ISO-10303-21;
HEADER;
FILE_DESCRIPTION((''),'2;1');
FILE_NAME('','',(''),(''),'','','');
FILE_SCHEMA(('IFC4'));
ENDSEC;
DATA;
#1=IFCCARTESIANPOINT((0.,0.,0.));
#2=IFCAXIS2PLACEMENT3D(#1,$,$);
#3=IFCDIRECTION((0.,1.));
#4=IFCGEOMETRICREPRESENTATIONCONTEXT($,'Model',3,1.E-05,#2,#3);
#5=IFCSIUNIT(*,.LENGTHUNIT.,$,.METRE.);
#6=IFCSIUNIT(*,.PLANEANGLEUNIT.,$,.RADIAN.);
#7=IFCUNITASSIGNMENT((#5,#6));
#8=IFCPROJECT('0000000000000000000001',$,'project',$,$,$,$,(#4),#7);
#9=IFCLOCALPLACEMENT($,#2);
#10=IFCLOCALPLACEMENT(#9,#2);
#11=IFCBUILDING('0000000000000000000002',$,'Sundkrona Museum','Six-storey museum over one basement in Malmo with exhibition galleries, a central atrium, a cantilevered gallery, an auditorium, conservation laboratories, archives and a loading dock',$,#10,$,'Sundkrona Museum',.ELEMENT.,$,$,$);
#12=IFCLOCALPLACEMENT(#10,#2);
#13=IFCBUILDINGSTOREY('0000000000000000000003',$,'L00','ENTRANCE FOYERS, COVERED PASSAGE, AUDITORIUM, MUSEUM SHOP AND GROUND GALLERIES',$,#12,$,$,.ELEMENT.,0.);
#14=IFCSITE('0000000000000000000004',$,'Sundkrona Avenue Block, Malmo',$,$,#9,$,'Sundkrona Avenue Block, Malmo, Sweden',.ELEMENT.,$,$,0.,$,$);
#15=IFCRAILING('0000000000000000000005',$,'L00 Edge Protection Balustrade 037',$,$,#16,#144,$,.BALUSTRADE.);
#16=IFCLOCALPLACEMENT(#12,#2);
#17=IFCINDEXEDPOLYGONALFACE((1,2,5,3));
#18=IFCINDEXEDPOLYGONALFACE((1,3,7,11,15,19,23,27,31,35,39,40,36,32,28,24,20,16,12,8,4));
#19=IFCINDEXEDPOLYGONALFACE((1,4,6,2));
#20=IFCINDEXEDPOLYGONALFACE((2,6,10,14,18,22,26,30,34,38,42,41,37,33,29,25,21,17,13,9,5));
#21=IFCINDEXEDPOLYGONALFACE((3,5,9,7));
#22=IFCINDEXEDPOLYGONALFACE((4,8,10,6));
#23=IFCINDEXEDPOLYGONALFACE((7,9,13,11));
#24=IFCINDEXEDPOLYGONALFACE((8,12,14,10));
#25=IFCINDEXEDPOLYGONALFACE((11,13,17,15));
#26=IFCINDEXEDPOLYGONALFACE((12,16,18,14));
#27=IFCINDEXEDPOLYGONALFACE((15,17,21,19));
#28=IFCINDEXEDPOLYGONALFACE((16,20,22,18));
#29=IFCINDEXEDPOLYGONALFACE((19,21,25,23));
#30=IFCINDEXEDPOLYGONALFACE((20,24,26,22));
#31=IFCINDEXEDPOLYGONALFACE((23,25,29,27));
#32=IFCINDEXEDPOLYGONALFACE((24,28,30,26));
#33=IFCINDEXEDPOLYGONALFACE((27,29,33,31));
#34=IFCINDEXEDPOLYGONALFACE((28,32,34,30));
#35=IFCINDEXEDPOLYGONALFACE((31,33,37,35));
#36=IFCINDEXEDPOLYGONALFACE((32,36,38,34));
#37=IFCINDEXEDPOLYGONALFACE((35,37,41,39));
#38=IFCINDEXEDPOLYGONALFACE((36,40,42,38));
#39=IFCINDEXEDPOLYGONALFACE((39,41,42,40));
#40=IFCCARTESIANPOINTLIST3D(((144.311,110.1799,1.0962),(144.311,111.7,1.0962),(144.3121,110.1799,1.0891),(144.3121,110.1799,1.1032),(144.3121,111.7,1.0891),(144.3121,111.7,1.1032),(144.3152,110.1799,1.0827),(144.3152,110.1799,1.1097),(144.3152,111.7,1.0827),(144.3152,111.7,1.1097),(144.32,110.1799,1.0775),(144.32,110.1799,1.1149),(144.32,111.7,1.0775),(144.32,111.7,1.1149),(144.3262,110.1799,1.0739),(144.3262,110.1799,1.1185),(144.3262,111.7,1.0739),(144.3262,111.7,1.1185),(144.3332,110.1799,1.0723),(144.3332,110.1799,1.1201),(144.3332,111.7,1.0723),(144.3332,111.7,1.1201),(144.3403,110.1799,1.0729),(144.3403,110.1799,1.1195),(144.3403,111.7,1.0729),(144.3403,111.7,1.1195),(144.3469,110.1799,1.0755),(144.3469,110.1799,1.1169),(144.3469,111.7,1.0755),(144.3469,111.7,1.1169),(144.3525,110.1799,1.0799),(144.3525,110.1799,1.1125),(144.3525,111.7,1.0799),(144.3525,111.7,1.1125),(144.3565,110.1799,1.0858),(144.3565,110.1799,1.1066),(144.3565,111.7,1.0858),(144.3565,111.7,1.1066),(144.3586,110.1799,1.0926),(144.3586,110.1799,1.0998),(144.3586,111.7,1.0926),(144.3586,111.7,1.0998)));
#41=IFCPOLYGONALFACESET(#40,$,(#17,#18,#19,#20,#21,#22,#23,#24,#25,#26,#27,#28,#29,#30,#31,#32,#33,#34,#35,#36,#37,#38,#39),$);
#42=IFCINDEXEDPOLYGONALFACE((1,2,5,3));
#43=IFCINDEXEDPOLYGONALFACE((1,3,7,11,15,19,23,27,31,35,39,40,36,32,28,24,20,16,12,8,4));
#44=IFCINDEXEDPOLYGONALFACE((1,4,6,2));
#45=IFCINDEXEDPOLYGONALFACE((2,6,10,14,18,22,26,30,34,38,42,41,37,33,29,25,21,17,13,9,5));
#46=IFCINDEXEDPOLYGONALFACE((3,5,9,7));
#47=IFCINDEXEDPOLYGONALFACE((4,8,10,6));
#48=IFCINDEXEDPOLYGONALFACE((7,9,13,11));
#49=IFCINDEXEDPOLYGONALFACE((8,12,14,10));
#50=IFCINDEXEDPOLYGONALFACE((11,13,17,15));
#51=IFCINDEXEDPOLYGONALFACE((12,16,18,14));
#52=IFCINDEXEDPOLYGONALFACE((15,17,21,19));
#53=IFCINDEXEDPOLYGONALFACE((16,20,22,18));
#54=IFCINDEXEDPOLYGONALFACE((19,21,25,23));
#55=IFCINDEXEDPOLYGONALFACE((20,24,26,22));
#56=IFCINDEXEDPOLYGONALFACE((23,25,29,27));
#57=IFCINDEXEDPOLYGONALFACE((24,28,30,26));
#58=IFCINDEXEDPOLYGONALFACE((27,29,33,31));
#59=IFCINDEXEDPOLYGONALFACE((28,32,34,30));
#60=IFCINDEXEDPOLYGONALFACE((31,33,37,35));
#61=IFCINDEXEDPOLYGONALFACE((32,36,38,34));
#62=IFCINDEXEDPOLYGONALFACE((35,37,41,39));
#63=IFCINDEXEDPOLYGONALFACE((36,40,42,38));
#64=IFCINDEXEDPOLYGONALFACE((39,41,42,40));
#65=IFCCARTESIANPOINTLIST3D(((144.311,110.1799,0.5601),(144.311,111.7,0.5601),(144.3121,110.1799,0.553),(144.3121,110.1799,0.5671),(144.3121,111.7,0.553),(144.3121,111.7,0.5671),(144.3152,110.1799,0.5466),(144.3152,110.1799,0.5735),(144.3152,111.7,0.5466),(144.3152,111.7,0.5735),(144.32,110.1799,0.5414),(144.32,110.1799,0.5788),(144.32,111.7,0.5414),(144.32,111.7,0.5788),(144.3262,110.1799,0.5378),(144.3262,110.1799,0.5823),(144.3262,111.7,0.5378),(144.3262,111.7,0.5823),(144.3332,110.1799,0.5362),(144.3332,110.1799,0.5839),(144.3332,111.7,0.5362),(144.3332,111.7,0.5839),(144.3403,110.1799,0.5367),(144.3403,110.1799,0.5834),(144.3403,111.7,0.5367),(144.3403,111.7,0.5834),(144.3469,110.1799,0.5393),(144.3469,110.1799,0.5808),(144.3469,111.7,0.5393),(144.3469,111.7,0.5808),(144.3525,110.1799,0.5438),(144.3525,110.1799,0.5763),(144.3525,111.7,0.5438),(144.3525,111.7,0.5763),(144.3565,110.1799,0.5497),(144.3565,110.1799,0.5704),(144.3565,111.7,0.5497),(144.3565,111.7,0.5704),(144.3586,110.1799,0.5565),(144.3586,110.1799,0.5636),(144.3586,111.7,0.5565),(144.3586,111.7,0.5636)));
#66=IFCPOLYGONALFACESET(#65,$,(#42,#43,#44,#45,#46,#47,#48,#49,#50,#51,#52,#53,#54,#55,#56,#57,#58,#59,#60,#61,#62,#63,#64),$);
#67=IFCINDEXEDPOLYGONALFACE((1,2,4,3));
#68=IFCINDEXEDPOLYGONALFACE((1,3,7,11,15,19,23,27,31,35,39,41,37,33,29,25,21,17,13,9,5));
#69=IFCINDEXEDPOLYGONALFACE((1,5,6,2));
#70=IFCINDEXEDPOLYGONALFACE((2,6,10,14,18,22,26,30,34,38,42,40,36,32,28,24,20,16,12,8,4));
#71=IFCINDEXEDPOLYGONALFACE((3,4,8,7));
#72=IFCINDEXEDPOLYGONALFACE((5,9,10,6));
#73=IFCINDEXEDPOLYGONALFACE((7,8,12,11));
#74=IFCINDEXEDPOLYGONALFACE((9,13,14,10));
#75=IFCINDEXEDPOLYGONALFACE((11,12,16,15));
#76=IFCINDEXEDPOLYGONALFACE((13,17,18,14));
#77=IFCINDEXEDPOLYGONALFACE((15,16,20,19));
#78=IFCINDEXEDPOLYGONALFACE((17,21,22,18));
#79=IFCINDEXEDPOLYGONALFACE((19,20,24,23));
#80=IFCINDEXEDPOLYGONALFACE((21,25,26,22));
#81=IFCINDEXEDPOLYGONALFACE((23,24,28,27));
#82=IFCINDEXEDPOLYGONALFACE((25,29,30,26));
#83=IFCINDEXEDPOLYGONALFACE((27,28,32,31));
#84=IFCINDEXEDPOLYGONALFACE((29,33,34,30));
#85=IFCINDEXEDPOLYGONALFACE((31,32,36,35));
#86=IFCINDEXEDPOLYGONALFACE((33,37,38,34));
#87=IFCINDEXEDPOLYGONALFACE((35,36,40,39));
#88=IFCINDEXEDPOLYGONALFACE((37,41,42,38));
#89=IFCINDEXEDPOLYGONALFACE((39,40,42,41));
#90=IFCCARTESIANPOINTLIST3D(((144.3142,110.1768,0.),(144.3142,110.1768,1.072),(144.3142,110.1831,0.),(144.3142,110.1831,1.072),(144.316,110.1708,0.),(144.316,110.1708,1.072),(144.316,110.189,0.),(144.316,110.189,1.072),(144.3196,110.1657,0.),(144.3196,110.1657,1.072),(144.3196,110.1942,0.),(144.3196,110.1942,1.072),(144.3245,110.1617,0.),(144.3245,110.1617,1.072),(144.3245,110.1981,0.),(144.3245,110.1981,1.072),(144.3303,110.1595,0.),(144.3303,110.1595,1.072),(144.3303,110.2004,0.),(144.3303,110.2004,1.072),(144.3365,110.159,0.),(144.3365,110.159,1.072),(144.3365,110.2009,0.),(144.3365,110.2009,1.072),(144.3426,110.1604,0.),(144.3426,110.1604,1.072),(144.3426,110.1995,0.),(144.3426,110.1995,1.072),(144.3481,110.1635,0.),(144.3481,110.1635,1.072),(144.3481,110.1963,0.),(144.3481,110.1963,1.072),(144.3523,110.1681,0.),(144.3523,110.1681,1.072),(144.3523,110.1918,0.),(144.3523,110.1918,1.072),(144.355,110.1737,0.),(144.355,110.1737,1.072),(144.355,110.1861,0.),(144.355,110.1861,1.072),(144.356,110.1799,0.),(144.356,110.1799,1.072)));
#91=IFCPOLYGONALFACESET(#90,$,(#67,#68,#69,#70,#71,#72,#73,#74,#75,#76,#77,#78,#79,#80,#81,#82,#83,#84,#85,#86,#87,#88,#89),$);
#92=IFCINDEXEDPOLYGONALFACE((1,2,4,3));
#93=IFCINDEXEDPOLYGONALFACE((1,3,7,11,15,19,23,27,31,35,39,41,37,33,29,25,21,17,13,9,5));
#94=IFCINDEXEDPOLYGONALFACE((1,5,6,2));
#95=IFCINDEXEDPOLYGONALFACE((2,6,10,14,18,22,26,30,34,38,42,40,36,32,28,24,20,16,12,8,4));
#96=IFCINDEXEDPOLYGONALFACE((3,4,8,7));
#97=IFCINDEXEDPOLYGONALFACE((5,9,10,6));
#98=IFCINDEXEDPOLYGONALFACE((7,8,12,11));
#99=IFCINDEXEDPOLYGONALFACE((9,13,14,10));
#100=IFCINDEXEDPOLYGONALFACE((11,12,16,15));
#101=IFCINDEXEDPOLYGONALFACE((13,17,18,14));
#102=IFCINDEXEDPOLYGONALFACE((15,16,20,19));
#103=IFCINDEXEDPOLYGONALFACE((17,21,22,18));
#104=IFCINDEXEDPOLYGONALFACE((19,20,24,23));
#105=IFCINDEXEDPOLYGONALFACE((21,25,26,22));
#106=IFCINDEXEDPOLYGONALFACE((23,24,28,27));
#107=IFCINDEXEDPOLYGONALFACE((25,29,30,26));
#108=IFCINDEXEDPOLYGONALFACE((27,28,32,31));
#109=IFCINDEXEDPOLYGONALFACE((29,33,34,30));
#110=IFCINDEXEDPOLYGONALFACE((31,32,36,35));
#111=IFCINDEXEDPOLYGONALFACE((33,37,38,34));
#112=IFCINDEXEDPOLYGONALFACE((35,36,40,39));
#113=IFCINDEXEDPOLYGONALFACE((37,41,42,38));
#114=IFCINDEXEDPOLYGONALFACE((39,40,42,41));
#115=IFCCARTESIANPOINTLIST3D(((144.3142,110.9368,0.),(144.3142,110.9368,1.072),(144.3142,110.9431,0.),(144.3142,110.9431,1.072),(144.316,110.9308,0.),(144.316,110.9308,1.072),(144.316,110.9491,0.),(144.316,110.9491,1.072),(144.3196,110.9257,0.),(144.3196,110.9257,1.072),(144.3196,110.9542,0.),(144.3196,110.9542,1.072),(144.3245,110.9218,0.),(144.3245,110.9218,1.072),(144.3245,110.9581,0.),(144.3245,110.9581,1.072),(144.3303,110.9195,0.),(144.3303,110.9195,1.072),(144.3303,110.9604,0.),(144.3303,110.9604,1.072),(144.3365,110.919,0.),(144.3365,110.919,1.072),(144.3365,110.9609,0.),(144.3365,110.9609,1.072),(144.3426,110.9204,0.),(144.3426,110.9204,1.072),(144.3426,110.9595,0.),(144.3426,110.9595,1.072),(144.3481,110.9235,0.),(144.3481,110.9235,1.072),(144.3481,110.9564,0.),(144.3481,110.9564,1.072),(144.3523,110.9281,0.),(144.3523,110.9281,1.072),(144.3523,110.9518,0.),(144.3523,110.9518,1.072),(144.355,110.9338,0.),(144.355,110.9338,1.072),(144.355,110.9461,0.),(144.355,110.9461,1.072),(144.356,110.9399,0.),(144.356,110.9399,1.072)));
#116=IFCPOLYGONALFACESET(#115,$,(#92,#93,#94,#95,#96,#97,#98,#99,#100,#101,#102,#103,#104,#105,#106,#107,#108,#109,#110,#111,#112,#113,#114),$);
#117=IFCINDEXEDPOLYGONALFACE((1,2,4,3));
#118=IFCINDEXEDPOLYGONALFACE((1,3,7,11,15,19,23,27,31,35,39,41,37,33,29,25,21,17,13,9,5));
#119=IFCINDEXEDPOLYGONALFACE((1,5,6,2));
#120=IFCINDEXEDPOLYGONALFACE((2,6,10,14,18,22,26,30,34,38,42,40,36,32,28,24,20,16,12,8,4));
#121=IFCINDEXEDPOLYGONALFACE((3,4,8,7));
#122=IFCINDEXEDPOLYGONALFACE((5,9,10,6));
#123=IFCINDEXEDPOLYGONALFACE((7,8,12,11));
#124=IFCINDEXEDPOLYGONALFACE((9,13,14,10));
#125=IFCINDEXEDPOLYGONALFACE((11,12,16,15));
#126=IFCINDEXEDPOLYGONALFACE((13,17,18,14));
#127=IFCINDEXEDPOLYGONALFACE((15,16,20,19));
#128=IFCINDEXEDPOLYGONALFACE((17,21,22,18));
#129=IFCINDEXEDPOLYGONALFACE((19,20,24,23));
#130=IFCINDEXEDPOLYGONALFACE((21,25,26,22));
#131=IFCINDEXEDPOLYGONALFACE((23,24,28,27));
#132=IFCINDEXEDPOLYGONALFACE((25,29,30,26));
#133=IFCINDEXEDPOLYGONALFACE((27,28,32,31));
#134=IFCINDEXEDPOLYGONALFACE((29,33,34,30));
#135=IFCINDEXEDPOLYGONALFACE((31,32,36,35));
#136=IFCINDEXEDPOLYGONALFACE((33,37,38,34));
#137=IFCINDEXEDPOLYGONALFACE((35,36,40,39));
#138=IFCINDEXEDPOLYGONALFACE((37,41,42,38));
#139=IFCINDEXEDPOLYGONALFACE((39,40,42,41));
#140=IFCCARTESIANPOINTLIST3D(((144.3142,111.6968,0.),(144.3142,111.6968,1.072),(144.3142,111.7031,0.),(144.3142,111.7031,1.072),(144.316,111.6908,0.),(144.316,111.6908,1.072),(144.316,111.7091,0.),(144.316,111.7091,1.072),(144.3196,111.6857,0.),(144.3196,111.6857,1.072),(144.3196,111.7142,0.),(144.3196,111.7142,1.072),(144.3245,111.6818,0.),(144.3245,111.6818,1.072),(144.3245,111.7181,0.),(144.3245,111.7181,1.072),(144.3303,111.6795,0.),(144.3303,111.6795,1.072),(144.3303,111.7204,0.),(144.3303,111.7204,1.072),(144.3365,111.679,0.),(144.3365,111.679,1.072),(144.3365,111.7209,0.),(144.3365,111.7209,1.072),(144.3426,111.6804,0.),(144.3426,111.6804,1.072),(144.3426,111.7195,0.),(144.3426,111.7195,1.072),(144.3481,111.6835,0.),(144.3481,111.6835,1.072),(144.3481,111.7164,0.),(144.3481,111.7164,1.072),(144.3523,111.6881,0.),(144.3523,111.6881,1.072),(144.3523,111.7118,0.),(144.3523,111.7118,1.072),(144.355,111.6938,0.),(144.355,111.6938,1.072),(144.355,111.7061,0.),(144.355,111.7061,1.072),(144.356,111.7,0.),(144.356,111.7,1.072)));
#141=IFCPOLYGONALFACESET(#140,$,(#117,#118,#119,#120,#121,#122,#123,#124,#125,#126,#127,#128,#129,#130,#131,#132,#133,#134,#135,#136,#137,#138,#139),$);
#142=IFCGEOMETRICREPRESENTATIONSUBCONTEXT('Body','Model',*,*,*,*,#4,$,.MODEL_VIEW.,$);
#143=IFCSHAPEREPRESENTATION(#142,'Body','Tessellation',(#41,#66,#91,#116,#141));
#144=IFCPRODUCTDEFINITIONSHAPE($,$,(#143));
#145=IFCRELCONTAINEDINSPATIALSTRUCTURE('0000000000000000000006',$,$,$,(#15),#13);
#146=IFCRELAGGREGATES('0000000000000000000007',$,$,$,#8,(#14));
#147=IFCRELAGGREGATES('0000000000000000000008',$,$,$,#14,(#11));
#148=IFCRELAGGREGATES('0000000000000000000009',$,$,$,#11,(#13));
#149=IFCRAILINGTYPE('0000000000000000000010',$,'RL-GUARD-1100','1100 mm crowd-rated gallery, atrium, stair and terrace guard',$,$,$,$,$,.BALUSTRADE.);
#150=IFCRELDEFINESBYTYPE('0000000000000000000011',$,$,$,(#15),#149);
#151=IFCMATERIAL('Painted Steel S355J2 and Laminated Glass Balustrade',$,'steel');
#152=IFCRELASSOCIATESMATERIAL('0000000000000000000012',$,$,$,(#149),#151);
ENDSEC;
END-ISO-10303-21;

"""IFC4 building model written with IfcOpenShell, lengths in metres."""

from ifc_helpers import new_model, si_unit, direction, frame, origin, origin_2d, place, context, subcontext, project, spatial, circle, extrude, material, type_object, element, save


model = new_model("IFC4")

# Units and contexts
model_context = context("Model", 3, precision=1e-05, world=origin(), true_north=direction((0.0, 1.0)))
body_context = subcontext(model_context, "Body", "Model", "MODEL_VIEW")
ifc_project = project(units=[si_unit("LENGTHUNIT", "METRE"), si_unit("PLANEANGLEUNIT", "RADIAN")], contexts=[model_context])

# Site, building, storey
site_placement = place(None, origin())
site = spatial("IfcSite", under=ifc_project, at=site_placement, Name="Sundkrona Avenue Block, Malmo", LongName="Sundkrona Avenue Block, Malmo, Sweden", CompositionType="ELEMENT", RefElevation=0.0)
building_placement = place(site_placement, origin())
building = spatial("IfcBuilding", under=site, at=building_placement, Name="Sundkrona Museum", Description="Six-storey museum over one basement in Malmo with exhibition galleries, a central atrium, a cantilevered gallery, an auditorium, conservation laboratories, archives and a loading dock", LongName="Sundkrona Museum", CompositionType="ELEMENT")
storey_placement = place(building_placement, origin())
storey = spatial("IfcBuildingStorey", under=building, at=storey_placement, Name="L00", Description="ENTRANCE FOYERS, COVERED PASSAGE, AUDITORIUM, MUSEUM SHOP AND GROUND GALLERIES", CompositionType="ELEMENT", Elevation=0.0)

# Railing
ifc_material_1 = material(Name="Painted Steel S355J2 and Laminated Glass Balustrade", Category="steel")
railing_type_1 = type_object("IfcRailingType", Name="RL-GUARD-1100", Description="1100 mm crowd-rated gallery, atrium, stair and terrace guard", PredefinedType="BALUSTRADE", material=ifc_material_1)
for number, where, name in (
    (1, (144.335, 110.1799, 0.0), "L00 Edge Protection Balustrade 037"),
):
    element("IfcRailing", number, at=place(storey_placement, frame(where)), inside=storey, type_object=railing_type_1, Name=name, PredefinedType="BALUSTRADE", context=body_context, shape_type="SweptSolid", body=[
        extrude(circle(Radius=0.0239, at=origin_2d()), frame((0.0, 0.0, 1.0962), z_axis=(0.0, 1.0, 0.0), x_axis=(-1.0, 0.0, 0.0)), (0.0, 0.0, 1.0), 1.52),
        extrude(circle(Radius=0.0239, at=origin_2d()), frame((0.0, 0.0, 0.5601), z_axis=(0.0, 1.0, 0.0), x_axis=(-1.0, 0.0, 0.0)), (0.0, 0.0, 1.0), 1.52),
        extrude(circle(Radius=0.021, at=origin_2d()), origin(), (0.0, 0.0, 1.0), 1.072),
        extrude(circle(Radius=0.021, at=origin_2d()), frame((0.0, 0.76, 0.0)), (0.0, 0.0, 1.0), 1.072),
        extrude(circle(Radius=0.021, at=origin_2d()), frame((0.0, 1.52, 0.0)), (0.0, 0.0, 1.0), 1.072),
    ])

save(model, "model.ifc")
